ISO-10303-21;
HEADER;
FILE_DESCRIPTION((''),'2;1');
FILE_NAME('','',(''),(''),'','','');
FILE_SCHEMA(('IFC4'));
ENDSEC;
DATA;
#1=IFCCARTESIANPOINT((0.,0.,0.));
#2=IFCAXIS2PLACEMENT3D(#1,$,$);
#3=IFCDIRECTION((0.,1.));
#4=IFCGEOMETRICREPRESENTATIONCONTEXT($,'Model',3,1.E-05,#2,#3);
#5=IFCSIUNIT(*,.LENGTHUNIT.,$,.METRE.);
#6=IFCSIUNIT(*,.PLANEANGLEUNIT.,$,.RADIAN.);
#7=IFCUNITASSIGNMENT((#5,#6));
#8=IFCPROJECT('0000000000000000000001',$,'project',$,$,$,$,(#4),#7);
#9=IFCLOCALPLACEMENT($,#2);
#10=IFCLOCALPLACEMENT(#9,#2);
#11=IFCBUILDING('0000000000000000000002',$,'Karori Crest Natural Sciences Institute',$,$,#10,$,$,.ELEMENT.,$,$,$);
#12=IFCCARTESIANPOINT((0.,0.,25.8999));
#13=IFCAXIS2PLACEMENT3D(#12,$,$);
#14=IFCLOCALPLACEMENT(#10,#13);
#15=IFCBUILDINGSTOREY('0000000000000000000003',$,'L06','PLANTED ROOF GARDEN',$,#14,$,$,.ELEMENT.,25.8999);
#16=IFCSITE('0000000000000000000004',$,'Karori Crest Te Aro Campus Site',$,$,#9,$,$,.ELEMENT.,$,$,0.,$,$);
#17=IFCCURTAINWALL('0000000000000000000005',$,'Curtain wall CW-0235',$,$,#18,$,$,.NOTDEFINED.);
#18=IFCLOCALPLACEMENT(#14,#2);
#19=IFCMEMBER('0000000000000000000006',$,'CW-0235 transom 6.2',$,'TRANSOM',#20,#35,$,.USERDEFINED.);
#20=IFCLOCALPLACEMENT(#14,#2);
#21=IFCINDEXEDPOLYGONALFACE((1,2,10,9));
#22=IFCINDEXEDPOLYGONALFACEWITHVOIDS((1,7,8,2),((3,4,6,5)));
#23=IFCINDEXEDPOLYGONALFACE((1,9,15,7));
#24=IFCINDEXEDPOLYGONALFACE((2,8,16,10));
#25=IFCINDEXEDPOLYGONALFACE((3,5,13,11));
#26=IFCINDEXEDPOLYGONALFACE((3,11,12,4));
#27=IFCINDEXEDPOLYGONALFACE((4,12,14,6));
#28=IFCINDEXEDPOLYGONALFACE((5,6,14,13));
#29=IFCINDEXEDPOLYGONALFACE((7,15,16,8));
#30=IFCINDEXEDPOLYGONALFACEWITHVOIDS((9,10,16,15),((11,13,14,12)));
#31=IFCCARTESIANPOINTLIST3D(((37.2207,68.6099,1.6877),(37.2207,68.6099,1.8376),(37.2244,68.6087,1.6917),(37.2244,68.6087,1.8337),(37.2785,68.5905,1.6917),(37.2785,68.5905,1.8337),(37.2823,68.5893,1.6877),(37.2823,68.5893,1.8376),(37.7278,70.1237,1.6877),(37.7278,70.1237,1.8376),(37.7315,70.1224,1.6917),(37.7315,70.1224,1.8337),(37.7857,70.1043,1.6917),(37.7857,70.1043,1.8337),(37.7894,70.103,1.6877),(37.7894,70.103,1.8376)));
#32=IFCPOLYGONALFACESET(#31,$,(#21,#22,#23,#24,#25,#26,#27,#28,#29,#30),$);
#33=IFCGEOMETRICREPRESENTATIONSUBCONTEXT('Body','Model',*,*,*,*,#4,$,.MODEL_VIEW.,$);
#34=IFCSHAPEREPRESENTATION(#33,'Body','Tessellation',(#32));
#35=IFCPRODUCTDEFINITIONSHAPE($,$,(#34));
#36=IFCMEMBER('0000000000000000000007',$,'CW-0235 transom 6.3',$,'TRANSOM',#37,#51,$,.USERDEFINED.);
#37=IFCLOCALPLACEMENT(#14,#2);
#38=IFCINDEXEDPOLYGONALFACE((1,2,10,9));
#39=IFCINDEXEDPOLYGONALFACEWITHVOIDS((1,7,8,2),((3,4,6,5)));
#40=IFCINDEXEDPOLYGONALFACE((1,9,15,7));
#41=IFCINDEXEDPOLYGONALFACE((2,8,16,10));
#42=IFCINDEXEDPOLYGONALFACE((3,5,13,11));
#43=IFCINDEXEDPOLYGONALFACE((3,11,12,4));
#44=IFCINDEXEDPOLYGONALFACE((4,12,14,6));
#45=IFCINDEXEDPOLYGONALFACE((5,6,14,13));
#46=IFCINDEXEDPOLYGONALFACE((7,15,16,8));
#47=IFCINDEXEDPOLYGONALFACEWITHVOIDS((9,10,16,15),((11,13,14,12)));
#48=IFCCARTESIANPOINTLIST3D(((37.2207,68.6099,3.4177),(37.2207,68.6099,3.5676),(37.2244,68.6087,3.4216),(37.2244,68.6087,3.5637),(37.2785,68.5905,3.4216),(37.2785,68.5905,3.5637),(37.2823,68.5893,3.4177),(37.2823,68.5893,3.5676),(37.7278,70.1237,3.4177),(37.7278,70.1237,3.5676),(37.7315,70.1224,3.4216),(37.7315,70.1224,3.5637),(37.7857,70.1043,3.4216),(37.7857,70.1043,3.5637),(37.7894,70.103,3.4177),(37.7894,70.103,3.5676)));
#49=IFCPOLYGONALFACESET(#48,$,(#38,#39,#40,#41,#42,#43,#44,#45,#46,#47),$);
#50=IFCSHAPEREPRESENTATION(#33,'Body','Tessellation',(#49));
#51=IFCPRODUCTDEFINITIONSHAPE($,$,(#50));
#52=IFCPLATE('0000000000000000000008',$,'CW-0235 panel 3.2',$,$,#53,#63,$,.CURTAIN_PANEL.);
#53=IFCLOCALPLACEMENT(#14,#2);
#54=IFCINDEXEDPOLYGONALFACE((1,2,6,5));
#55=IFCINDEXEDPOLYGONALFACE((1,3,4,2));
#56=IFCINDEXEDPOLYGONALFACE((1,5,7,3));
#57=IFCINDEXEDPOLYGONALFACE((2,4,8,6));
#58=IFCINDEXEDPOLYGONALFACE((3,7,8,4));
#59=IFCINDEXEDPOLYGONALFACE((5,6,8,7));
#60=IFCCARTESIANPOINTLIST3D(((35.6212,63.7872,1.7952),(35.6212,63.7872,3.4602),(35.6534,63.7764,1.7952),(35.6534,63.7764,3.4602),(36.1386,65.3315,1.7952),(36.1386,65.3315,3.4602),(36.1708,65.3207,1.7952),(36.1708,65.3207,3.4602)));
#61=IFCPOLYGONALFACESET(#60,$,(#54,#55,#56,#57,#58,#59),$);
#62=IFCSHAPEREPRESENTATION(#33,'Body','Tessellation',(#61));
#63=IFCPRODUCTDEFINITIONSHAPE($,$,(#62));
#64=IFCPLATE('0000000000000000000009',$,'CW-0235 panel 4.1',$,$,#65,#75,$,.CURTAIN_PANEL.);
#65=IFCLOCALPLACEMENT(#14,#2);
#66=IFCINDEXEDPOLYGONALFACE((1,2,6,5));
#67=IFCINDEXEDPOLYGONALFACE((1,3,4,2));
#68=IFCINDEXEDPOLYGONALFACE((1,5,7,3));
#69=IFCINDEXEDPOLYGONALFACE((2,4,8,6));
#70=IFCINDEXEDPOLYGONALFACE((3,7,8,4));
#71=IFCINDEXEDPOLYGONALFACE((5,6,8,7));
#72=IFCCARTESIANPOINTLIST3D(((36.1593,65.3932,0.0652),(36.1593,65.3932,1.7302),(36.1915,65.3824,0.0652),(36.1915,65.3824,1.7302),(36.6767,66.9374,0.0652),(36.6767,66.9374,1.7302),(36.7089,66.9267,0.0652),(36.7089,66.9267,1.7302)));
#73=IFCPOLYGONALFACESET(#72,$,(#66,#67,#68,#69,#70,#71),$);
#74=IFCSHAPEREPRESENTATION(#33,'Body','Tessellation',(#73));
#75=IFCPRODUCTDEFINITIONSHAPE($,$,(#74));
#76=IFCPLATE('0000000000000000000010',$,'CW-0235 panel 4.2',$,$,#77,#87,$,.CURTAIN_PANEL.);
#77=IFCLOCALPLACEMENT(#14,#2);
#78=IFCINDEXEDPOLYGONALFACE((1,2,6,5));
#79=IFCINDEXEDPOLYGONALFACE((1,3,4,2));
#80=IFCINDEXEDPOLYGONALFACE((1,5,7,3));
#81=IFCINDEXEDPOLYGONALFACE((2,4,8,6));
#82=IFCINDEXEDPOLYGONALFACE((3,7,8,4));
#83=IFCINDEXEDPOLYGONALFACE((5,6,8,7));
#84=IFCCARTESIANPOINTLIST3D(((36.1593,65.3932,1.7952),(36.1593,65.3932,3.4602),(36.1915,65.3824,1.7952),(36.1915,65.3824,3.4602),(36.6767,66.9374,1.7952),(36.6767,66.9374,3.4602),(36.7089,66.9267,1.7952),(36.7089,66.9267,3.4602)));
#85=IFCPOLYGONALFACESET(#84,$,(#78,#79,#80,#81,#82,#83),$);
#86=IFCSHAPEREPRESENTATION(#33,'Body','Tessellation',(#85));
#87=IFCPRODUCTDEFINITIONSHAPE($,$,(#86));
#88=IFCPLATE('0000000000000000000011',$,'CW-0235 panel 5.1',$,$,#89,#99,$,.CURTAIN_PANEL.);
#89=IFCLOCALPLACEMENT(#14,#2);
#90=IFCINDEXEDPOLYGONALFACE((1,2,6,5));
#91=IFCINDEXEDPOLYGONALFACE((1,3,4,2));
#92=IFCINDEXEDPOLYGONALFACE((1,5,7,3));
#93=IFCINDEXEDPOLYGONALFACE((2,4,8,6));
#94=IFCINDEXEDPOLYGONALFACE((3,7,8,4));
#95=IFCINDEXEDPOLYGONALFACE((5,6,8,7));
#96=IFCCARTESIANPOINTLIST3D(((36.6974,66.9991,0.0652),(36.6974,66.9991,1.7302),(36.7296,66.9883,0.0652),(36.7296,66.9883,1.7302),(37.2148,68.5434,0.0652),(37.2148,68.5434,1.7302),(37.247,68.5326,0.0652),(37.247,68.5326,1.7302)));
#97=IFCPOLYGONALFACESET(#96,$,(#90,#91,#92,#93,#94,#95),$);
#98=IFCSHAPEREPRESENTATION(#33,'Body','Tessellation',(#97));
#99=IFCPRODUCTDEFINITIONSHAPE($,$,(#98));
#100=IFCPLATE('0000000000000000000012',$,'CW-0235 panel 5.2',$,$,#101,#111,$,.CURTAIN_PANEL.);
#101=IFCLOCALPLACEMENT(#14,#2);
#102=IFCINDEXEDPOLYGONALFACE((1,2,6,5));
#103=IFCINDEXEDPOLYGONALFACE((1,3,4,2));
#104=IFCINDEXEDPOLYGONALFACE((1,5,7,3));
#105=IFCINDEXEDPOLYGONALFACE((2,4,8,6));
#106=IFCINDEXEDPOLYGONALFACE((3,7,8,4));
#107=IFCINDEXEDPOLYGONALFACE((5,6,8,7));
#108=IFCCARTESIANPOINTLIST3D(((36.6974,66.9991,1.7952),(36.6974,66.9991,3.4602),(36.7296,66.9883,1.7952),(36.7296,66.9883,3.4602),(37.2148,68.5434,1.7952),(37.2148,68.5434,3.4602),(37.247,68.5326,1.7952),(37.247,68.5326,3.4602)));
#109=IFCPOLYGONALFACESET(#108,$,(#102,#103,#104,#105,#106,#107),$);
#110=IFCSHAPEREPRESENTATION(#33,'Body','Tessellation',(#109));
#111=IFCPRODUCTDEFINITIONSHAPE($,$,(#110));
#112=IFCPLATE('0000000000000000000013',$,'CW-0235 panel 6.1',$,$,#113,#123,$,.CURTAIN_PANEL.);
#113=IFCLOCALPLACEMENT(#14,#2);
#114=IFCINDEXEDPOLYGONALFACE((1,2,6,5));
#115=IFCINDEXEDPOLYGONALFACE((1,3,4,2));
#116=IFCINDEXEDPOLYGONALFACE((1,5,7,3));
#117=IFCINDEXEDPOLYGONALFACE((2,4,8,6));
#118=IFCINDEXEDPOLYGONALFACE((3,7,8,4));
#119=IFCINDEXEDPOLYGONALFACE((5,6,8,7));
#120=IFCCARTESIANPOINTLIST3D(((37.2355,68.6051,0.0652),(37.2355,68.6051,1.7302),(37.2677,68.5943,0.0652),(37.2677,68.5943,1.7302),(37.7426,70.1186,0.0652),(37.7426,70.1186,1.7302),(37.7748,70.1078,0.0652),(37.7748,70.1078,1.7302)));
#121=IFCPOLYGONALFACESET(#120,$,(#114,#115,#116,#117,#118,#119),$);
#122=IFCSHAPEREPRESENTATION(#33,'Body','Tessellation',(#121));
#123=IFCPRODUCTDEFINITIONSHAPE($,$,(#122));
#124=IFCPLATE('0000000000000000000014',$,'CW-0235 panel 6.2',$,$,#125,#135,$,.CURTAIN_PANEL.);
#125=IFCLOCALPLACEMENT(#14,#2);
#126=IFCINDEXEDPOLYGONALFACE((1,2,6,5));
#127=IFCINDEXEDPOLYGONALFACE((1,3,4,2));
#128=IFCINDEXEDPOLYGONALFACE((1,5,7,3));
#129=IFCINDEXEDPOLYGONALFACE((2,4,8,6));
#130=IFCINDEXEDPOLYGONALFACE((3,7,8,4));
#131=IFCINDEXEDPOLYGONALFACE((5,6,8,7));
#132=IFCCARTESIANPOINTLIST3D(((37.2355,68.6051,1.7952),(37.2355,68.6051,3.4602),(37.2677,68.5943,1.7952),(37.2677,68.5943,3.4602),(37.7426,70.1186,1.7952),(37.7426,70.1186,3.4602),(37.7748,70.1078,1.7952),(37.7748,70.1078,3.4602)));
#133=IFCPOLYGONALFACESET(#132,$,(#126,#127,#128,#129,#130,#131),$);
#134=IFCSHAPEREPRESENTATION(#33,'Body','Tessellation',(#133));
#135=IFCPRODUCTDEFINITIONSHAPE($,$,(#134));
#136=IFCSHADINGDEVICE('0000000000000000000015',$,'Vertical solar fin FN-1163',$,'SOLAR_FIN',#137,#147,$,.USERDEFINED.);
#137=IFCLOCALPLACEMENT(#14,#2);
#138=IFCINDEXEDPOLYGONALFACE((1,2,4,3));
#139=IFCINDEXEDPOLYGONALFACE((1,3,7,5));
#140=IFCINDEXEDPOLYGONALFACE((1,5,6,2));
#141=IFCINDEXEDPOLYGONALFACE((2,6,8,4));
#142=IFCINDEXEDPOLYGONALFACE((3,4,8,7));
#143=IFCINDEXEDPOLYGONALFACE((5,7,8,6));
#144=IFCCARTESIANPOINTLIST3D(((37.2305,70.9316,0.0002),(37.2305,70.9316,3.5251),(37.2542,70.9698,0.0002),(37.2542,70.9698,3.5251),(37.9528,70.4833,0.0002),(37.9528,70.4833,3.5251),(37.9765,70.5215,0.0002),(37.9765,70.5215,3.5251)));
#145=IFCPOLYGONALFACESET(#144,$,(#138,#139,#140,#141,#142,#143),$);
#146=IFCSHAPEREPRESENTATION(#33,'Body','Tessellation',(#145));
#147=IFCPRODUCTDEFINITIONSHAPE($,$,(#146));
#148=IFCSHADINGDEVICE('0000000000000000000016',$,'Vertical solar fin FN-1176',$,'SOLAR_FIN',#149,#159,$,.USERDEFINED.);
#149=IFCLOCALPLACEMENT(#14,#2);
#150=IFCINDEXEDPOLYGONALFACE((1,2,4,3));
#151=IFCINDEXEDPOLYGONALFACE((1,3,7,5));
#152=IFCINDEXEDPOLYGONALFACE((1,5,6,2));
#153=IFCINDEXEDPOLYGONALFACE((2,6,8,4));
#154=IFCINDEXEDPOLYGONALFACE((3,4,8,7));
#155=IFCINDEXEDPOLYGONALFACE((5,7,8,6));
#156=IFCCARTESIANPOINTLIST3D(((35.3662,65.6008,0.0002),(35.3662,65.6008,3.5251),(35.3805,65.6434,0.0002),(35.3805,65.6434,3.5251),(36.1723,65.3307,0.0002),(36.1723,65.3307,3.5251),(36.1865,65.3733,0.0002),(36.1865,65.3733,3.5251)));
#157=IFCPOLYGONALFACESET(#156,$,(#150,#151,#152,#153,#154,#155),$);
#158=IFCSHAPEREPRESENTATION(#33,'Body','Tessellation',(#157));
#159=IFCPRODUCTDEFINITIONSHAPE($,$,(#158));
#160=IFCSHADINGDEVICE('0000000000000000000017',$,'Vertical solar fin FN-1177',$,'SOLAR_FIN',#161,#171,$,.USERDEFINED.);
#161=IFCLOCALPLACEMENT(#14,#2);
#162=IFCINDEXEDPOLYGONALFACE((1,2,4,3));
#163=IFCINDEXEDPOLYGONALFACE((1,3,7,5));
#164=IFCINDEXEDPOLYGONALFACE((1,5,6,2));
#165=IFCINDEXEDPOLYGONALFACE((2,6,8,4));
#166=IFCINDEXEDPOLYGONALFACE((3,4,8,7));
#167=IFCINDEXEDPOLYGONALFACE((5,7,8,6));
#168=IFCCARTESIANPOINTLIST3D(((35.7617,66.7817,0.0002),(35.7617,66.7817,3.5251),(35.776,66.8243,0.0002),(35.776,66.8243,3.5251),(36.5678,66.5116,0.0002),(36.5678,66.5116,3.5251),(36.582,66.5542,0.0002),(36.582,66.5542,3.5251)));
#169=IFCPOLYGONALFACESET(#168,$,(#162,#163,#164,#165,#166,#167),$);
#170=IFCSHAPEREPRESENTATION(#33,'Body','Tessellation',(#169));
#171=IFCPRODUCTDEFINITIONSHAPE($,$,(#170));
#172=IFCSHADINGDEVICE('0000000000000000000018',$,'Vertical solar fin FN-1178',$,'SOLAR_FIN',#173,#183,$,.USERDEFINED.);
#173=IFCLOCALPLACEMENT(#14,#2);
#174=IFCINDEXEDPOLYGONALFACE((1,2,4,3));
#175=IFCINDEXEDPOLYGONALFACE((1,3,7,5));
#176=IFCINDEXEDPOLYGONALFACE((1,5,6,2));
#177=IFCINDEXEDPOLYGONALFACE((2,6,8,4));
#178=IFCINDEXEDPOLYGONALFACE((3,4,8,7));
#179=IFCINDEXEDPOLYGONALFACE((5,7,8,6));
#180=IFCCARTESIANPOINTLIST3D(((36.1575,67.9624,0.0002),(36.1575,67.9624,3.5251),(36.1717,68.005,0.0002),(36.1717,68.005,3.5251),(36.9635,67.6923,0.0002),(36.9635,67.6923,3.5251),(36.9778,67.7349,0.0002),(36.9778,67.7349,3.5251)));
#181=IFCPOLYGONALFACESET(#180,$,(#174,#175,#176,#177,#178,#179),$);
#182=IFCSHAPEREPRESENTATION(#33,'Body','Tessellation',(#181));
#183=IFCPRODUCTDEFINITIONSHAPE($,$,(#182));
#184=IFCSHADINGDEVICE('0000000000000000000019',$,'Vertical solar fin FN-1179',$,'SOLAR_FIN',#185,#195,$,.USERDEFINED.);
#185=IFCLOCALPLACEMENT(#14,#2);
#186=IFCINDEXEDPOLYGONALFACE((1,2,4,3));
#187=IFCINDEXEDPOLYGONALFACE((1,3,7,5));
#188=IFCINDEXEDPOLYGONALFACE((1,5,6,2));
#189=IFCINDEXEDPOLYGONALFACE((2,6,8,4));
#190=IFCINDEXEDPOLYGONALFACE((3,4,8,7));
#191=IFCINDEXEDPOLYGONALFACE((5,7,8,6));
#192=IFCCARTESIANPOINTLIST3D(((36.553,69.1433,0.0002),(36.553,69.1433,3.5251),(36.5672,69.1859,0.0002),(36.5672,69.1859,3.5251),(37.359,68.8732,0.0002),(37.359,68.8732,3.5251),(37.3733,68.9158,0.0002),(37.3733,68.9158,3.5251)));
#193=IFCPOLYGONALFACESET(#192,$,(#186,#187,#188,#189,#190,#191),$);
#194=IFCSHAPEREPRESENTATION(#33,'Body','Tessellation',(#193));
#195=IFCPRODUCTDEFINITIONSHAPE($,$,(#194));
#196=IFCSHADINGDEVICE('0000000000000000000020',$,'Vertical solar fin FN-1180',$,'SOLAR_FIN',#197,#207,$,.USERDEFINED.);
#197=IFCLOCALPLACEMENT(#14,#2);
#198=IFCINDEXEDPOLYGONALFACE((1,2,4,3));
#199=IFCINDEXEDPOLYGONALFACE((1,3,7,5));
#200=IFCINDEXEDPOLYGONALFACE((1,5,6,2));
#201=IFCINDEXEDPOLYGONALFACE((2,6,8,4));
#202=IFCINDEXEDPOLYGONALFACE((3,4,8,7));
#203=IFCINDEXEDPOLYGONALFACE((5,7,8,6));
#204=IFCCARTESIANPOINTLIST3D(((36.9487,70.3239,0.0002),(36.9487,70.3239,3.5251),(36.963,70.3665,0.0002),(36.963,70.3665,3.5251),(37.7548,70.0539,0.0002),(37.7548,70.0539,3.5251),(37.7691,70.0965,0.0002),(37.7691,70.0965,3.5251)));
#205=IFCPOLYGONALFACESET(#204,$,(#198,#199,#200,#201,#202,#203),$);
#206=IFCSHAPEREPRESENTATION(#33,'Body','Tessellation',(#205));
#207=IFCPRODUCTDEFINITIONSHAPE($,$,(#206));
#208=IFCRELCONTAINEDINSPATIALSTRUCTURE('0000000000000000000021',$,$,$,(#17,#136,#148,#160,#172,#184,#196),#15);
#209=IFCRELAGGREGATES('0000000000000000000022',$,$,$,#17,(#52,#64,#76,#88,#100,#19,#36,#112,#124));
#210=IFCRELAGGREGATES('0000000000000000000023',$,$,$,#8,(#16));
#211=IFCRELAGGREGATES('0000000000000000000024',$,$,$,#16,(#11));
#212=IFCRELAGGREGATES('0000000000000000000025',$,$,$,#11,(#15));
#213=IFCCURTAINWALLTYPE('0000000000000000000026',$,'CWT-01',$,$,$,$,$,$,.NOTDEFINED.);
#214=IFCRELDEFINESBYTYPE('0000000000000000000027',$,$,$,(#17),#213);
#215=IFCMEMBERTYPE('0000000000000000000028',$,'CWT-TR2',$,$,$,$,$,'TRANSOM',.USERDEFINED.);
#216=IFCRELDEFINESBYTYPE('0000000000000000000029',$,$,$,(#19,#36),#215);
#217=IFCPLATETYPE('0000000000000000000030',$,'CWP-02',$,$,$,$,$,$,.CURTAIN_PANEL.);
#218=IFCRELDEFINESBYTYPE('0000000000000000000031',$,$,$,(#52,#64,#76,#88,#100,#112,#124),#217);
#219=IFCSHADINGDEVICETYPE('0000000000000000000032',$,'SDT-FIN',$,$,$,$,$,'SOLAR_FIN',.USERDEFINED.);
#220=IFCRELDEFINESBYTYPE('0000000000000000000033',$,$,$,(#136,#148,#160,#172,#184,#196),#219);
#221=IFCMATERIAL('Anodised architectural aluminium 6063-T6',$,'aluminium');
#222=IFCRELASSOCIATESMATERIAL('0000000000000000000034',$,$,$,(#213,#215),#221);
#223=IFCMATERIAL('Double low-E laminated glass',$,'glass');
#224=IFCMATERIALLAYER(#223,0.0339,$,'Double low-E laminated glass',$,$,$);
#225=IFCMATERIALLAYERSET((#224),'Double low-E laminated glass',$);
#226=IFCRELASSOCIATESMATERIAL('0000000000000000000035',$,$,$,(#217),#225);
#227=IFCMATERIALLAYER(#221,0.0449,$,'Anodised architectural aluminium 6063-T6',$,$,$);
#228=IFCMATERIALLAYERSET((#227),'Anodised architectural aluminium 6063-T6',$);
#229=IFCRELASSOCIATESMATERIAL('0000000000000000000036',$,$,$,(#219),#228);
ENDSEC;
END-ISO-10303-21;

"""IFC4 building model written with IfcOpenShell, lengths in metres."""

from ifc_helpers import new_model, si_unit, direction, frame, origin, origin_2d, place, context, subcontext, project, spatial, rectangle, hollow_rectangle, extrude, material, layer, layer_set, material_profile, profile_set, type_object, element, aggregate, save


model = new_model("IFC4")

# Units and contexts
model_context = context("Model", 3, precision=1e-05, world=origin(), true_north=direction((0.0, 1.0)))
body_context = subcontext(model_context, "Body", "Model", "MODEL_VIEW")
ifc_project = project(units=[si_unit("LENGTHUNIT", "METRE"), si_unit("PLANEANGLEUNIT", "RADIAN")], contexts=[model_context])

# Site, building, storey
site_placement = place(None, origin())
site = spatial("IfcSite", under=ifc_project, at=site_placement, Name="Karori Crest Te Aro Campus Site", CompositionType="ELEMENT", RefElevation=0.0)
building_placement = place(site_placement, origin())
building = spatial("IfcBuilding", under=site, at=building_placement, Name="Karori Crest Natural Sciences Institute", CompositionType="ELEMENT")
storey_placement = place(building_placement, frame((0.0, 0.0, 25.8999)))
storey = spatial("IfcBuildingStorey", under=building, at=storey_placement, Name="L06", Description="PLANTED ROOF GARDEN", CompositionType="ELEMENT", Elevation=25.8999)

# Curtain wall, members, plates
ifc_material_1 = material(Name="Anodised architectural aluminium 6063-T6", Category="aluminium")
curtain_wall_type = type_object("IfcCurtainWallType", Name="CWT-01", PredefinedType="NOTDEFINED", material=ifc_material_1)
curtain_wall_placement = place(storey_placement, origin())
curtain_wall = element("IfcCurtainWall", 1, at=curtain_wall_placement, inside=storey, type_object=curtain_wall_type, Name="Curtain wall CW-0235", PredefinedType="NOTDEFINED")
ifc_material_profile_1 = material_profile(ifc_material_1, hollow_rectangle(XDim=0.0649, YDim=0.1499, WallThickness=0.0039, at=origin_2d()), Name="CWT150x65x4")
ifc_profile_set_1 = profile_set([ifc_material_profile_1], Name="Anodised architectural aluminium 6063-T6")
member_type_1 = type_object("IfcMemberType", Name="CWT-TR2", ElementType="TRANSOM", PredefinedType="USERDEFINED", material=ifc_profile_set_1)
member_1_placement = place(storey_placement, frame((37.2515, 68.5996, 1.7627), z_axis=(0.31765, 0.948208, 0.0), x_axis=(-0.948208, 0.31765, 0.0)))
member_1 = element("IfcMember", 2, at=member_1_placement, type_object=member_type_1, Name="CW-0235 transom 6.2", ObjectType="TRANSOM", PredefinedType="USERDEFINED", context=body_context, shape_type="SweptSolid", body=[
    extrude(hollow_rectangle(XDim=0.0649, YDim=0.1499, WallThickness=0.0039, at=origin_2d()), origin(), (0.0, 0.0, 1.0), 1.5964),
])
member_2_placement = place(storey_placement, frame((37.2515, 68.5996, 3.4927), z_axis=(0.31765, 0.948208, 0.0), x_axis=(-0.948208, 0.31765, 0.0)))
member_2 = element("IfcMember", 3, at=member_2_placement, type_object=member_type_1, Name="CW-0235 transom 6.3", ObjectType="TRANSOM", PredefinedType="USERDEFINED", context=body_context, shape_type="SweptSolid", body=[
    extrude(hollow_rectangle(XDim=0.0649, YDim=0.1499, WallThickness=0.0039, at=origin_2d()), origin(), (0.0, 0.0, 1.0), 1.5964),
])
ifc_material_2 = material(Name="Double low-E laminated glass", Category="glass")
ifc_layer_1 = layer(ifc_material_2, 0.0339, Name="Double low-E laminated glass")
ifc_layer_set_1 = layer_set([ifc_layer_1], Name="Double low-E laminated glass")
plate_type = type_object("IfcPlateType", Name="CWP-02", PredefinedType="CURTAIN_PANEL", material=ifc_layer_set_1)
plate_1_placement = place(storey_placement, frame((35.896, 64.554, 1.7952), z_axis=(0.0, 0.0, 1.0), x_axis=(0.31768, 0.948198, 0.0)))
plate_1 = element("IfcPlate", 4, at=plate_1_placement, type_object=plate_type, Name="CW-0235 panel 3.2", PredefinedType="CURTAIN_PANEL", context=body_context, shape_type="SweptSolid", body=[
    extrude(rectangle(XDim=1.6287, YDim=0.0339, at=origin_2d()), origin(), (0.0, 0.0, 1.0), 1.665),
])
plate_2_placement = place(storey_placement, frame((36.4341, 66.1599, 0.0652), z_axis=(0.0, 0.0, 1.0), x_axis=(0.31768, 0.948198, 0.0)))
plate_2 = element("IfcPlate", 5, at=plate_2_placement, type_object=plate_type, Name="CW-0235 panel 4.1", PredefinedType="CURTAIN_PANEL", context=body_context, shape_type="SweptSolid", body=[
    extrude(rectangle(XDim=1.6287, YDim=0.0339, at=origin_2d()), origin(), (0.0, 0.0, 1.0), 1.665),
])
plate_3_placement = place(storey_placement, frame((36.4341, 66.1599, 1.7952), z_axis=(0.0, 0.0, 1.0), x_axis=(0.31768, 0.948198, 0.0)))
plate_3 = element("IfcPlate", 6, at=plate_3_placement, type_object=plate_type, Name="CW-0235 panel 4.2", PredefinedType="CURTAIN_PANEL", context=body_context, shape_type="SweptSolid", body=[
    extrude(rectangle(XDim=1.6287, YDim=0.0339, at=origin_2d()), origin(), (0.0, 0.0, 1.0), 1.665),
])
plate_4_placement = place(storey_placement, frame((36.9722, 67.7659, 0.0652), z_axis=(0.0, 0.0, 1.0), x_axis=(0.31768, 0.948198, 0.0)))
plate_4 = element("IfcPlate", 7, at=plate_4_placement, type_object=plate_type, Name="CW-0235 panel 5.1", PredefinedType="CURTAIN_PANEL", context=body_context, shape_type="SweptSolid", body=[
    extrude(rectangle(XDim=1.6287, YDim=0.0339, at=origin_2d()), origin(), (0.0, 0.0, 1.0), 1.665),
])
plate_5_placement = place(storey_placement, frame((36.9722, 67.7659, 1.7952), z_axis=(0.0, 0.0, 1.0), x_axis=(0.31768, 0.948198, 0.0)))
plate_5 = element("IfcPlate", 8, at=plate_5_placement, type_object=plate_type, Name="CW-0235 panel 5.2", PredefinedType="CURTAIN_PANEL", context=body_context, shape_type="SweptSolid", body=[
    extrude(rectangle(XDim=1.6287, YDim=0.0339, at=origin_2d()), origin(), (0.0, 0.0, 1.0), 1.665),
])
plate_6_placement = place(storey_placement, frame((37.5051, 69.3564, 0.0652), z_axis=(0.0, 0.0, 1.0), x_axis=(0.31768, 0.948198, 0.0)))
plate_6 = element("IfcPlate", 9, at=plate_6_placement, type_object=plate_type, Name="CW-0235 panel 6.1", PredefinedType="CURTAIN_PANEL", context=body_context, shape_type="SweptSolid", body=[
    extrude(rectangle(XDim=1.5962, YDim=0.0339, at=origin_2d()), origin(), (0.0, 0.0, 1.0), 1.665),
])
plate_7_placement = place(storey_placement, frame((37.5051, 69.3564, 1.7952), z_axis=(0.0, 0.0, 1.0), x_axis=(0.31768, 0.948198, 0.0)))
plate_7 = element("IfcPlate", 10, at=plate_7_placement, type_object=plate_type, Name="CW-0235 panel 6.2", PredefinedType="CURTAIN_PANEL", context=body_context, shape_type="SweptSolid", body=[
    extrude(rectangle(XDim=1.5962, YDim=0.0339, at=origin_2d()), origin(), (0.0, 0.0, 1.0), 1.665),
])
aggregate(curtain_wall, [plate_1, plate_2, plate_3, plate_4, plate_5, member_1, member_2, plate_6, plate_7])

# Shading devices
ifc_layer_2 = layer(ifc_material_1, 0.0449, Name="Anodised architectural aluminium 6063-T6")
ifc_layer_set_2 = layer_set([ifc_layer_2], Name="Anodised architectural aluminium 6063-T6")
shading_device_type = type_object("IfcShadingDeviceType", Name="SDT-FIN", ElementType="SOLAR_FIN", PredefinedType="USERDEFINED", material=ifc_layer_set_2)
for number, where, z_axis, x_axis, name in (
    (11, (37.6035, 70.7266, 0.0002), (0.0, 0.0, 1.0), (-0.849665, 0.527324, 0.0), "Vertical solar fin FN-1163"),
    (12, (35.7764, 65.4871, 0.0002), (0.0, 0.0, 1.0), (-0.948198, 0.31768, 0.0), "Vertical solar fin FN-1176"),
    (13, (36.1719, 66.668, 0.0002), (0.0, 0.0, 1.0), (-0.948198, 0.31768, 0.0), "Vertical solar fin FN-1177"),
    (14, (36.5676, 67.8486, 0.0002), (0.0, 0.0, 1.0), (-0.948198, 0.31768, 0.0), "Vertical solar fin FN-1178"),
    (15, (36.9631, 69.0295, 0.0002), (0.0, 0.0, 1.0), (-0.948198, 0.31768, 0.0), "Vertical solar fin FN-1179"),
    (16, (37.3589, 70.2102, 0.0002), (0.0, 0.0, 1.0), (-0.948198, 0.31768, 0.0), "Vertical solar fin FN-1180"),
):
    element("IfcShadingDevice", number, at=place(storey_placement, frame(where, z_axis=z_axis, x_axis=x_axis)), inside=storey, type_object=shading_device_type, Name=name, ObjectType="SOLAR_FIN", PredefinedType="USERDEFINED", context=body_context, shape_type="SweptSolid", body=[
        extrude(rectangle(XDim=0.8501, YDim=0.0449, at=origin_2d()), origin(), (0.0, 0.0, 1.0), 3.5249),
    ])

save(model, "model.ifc")
